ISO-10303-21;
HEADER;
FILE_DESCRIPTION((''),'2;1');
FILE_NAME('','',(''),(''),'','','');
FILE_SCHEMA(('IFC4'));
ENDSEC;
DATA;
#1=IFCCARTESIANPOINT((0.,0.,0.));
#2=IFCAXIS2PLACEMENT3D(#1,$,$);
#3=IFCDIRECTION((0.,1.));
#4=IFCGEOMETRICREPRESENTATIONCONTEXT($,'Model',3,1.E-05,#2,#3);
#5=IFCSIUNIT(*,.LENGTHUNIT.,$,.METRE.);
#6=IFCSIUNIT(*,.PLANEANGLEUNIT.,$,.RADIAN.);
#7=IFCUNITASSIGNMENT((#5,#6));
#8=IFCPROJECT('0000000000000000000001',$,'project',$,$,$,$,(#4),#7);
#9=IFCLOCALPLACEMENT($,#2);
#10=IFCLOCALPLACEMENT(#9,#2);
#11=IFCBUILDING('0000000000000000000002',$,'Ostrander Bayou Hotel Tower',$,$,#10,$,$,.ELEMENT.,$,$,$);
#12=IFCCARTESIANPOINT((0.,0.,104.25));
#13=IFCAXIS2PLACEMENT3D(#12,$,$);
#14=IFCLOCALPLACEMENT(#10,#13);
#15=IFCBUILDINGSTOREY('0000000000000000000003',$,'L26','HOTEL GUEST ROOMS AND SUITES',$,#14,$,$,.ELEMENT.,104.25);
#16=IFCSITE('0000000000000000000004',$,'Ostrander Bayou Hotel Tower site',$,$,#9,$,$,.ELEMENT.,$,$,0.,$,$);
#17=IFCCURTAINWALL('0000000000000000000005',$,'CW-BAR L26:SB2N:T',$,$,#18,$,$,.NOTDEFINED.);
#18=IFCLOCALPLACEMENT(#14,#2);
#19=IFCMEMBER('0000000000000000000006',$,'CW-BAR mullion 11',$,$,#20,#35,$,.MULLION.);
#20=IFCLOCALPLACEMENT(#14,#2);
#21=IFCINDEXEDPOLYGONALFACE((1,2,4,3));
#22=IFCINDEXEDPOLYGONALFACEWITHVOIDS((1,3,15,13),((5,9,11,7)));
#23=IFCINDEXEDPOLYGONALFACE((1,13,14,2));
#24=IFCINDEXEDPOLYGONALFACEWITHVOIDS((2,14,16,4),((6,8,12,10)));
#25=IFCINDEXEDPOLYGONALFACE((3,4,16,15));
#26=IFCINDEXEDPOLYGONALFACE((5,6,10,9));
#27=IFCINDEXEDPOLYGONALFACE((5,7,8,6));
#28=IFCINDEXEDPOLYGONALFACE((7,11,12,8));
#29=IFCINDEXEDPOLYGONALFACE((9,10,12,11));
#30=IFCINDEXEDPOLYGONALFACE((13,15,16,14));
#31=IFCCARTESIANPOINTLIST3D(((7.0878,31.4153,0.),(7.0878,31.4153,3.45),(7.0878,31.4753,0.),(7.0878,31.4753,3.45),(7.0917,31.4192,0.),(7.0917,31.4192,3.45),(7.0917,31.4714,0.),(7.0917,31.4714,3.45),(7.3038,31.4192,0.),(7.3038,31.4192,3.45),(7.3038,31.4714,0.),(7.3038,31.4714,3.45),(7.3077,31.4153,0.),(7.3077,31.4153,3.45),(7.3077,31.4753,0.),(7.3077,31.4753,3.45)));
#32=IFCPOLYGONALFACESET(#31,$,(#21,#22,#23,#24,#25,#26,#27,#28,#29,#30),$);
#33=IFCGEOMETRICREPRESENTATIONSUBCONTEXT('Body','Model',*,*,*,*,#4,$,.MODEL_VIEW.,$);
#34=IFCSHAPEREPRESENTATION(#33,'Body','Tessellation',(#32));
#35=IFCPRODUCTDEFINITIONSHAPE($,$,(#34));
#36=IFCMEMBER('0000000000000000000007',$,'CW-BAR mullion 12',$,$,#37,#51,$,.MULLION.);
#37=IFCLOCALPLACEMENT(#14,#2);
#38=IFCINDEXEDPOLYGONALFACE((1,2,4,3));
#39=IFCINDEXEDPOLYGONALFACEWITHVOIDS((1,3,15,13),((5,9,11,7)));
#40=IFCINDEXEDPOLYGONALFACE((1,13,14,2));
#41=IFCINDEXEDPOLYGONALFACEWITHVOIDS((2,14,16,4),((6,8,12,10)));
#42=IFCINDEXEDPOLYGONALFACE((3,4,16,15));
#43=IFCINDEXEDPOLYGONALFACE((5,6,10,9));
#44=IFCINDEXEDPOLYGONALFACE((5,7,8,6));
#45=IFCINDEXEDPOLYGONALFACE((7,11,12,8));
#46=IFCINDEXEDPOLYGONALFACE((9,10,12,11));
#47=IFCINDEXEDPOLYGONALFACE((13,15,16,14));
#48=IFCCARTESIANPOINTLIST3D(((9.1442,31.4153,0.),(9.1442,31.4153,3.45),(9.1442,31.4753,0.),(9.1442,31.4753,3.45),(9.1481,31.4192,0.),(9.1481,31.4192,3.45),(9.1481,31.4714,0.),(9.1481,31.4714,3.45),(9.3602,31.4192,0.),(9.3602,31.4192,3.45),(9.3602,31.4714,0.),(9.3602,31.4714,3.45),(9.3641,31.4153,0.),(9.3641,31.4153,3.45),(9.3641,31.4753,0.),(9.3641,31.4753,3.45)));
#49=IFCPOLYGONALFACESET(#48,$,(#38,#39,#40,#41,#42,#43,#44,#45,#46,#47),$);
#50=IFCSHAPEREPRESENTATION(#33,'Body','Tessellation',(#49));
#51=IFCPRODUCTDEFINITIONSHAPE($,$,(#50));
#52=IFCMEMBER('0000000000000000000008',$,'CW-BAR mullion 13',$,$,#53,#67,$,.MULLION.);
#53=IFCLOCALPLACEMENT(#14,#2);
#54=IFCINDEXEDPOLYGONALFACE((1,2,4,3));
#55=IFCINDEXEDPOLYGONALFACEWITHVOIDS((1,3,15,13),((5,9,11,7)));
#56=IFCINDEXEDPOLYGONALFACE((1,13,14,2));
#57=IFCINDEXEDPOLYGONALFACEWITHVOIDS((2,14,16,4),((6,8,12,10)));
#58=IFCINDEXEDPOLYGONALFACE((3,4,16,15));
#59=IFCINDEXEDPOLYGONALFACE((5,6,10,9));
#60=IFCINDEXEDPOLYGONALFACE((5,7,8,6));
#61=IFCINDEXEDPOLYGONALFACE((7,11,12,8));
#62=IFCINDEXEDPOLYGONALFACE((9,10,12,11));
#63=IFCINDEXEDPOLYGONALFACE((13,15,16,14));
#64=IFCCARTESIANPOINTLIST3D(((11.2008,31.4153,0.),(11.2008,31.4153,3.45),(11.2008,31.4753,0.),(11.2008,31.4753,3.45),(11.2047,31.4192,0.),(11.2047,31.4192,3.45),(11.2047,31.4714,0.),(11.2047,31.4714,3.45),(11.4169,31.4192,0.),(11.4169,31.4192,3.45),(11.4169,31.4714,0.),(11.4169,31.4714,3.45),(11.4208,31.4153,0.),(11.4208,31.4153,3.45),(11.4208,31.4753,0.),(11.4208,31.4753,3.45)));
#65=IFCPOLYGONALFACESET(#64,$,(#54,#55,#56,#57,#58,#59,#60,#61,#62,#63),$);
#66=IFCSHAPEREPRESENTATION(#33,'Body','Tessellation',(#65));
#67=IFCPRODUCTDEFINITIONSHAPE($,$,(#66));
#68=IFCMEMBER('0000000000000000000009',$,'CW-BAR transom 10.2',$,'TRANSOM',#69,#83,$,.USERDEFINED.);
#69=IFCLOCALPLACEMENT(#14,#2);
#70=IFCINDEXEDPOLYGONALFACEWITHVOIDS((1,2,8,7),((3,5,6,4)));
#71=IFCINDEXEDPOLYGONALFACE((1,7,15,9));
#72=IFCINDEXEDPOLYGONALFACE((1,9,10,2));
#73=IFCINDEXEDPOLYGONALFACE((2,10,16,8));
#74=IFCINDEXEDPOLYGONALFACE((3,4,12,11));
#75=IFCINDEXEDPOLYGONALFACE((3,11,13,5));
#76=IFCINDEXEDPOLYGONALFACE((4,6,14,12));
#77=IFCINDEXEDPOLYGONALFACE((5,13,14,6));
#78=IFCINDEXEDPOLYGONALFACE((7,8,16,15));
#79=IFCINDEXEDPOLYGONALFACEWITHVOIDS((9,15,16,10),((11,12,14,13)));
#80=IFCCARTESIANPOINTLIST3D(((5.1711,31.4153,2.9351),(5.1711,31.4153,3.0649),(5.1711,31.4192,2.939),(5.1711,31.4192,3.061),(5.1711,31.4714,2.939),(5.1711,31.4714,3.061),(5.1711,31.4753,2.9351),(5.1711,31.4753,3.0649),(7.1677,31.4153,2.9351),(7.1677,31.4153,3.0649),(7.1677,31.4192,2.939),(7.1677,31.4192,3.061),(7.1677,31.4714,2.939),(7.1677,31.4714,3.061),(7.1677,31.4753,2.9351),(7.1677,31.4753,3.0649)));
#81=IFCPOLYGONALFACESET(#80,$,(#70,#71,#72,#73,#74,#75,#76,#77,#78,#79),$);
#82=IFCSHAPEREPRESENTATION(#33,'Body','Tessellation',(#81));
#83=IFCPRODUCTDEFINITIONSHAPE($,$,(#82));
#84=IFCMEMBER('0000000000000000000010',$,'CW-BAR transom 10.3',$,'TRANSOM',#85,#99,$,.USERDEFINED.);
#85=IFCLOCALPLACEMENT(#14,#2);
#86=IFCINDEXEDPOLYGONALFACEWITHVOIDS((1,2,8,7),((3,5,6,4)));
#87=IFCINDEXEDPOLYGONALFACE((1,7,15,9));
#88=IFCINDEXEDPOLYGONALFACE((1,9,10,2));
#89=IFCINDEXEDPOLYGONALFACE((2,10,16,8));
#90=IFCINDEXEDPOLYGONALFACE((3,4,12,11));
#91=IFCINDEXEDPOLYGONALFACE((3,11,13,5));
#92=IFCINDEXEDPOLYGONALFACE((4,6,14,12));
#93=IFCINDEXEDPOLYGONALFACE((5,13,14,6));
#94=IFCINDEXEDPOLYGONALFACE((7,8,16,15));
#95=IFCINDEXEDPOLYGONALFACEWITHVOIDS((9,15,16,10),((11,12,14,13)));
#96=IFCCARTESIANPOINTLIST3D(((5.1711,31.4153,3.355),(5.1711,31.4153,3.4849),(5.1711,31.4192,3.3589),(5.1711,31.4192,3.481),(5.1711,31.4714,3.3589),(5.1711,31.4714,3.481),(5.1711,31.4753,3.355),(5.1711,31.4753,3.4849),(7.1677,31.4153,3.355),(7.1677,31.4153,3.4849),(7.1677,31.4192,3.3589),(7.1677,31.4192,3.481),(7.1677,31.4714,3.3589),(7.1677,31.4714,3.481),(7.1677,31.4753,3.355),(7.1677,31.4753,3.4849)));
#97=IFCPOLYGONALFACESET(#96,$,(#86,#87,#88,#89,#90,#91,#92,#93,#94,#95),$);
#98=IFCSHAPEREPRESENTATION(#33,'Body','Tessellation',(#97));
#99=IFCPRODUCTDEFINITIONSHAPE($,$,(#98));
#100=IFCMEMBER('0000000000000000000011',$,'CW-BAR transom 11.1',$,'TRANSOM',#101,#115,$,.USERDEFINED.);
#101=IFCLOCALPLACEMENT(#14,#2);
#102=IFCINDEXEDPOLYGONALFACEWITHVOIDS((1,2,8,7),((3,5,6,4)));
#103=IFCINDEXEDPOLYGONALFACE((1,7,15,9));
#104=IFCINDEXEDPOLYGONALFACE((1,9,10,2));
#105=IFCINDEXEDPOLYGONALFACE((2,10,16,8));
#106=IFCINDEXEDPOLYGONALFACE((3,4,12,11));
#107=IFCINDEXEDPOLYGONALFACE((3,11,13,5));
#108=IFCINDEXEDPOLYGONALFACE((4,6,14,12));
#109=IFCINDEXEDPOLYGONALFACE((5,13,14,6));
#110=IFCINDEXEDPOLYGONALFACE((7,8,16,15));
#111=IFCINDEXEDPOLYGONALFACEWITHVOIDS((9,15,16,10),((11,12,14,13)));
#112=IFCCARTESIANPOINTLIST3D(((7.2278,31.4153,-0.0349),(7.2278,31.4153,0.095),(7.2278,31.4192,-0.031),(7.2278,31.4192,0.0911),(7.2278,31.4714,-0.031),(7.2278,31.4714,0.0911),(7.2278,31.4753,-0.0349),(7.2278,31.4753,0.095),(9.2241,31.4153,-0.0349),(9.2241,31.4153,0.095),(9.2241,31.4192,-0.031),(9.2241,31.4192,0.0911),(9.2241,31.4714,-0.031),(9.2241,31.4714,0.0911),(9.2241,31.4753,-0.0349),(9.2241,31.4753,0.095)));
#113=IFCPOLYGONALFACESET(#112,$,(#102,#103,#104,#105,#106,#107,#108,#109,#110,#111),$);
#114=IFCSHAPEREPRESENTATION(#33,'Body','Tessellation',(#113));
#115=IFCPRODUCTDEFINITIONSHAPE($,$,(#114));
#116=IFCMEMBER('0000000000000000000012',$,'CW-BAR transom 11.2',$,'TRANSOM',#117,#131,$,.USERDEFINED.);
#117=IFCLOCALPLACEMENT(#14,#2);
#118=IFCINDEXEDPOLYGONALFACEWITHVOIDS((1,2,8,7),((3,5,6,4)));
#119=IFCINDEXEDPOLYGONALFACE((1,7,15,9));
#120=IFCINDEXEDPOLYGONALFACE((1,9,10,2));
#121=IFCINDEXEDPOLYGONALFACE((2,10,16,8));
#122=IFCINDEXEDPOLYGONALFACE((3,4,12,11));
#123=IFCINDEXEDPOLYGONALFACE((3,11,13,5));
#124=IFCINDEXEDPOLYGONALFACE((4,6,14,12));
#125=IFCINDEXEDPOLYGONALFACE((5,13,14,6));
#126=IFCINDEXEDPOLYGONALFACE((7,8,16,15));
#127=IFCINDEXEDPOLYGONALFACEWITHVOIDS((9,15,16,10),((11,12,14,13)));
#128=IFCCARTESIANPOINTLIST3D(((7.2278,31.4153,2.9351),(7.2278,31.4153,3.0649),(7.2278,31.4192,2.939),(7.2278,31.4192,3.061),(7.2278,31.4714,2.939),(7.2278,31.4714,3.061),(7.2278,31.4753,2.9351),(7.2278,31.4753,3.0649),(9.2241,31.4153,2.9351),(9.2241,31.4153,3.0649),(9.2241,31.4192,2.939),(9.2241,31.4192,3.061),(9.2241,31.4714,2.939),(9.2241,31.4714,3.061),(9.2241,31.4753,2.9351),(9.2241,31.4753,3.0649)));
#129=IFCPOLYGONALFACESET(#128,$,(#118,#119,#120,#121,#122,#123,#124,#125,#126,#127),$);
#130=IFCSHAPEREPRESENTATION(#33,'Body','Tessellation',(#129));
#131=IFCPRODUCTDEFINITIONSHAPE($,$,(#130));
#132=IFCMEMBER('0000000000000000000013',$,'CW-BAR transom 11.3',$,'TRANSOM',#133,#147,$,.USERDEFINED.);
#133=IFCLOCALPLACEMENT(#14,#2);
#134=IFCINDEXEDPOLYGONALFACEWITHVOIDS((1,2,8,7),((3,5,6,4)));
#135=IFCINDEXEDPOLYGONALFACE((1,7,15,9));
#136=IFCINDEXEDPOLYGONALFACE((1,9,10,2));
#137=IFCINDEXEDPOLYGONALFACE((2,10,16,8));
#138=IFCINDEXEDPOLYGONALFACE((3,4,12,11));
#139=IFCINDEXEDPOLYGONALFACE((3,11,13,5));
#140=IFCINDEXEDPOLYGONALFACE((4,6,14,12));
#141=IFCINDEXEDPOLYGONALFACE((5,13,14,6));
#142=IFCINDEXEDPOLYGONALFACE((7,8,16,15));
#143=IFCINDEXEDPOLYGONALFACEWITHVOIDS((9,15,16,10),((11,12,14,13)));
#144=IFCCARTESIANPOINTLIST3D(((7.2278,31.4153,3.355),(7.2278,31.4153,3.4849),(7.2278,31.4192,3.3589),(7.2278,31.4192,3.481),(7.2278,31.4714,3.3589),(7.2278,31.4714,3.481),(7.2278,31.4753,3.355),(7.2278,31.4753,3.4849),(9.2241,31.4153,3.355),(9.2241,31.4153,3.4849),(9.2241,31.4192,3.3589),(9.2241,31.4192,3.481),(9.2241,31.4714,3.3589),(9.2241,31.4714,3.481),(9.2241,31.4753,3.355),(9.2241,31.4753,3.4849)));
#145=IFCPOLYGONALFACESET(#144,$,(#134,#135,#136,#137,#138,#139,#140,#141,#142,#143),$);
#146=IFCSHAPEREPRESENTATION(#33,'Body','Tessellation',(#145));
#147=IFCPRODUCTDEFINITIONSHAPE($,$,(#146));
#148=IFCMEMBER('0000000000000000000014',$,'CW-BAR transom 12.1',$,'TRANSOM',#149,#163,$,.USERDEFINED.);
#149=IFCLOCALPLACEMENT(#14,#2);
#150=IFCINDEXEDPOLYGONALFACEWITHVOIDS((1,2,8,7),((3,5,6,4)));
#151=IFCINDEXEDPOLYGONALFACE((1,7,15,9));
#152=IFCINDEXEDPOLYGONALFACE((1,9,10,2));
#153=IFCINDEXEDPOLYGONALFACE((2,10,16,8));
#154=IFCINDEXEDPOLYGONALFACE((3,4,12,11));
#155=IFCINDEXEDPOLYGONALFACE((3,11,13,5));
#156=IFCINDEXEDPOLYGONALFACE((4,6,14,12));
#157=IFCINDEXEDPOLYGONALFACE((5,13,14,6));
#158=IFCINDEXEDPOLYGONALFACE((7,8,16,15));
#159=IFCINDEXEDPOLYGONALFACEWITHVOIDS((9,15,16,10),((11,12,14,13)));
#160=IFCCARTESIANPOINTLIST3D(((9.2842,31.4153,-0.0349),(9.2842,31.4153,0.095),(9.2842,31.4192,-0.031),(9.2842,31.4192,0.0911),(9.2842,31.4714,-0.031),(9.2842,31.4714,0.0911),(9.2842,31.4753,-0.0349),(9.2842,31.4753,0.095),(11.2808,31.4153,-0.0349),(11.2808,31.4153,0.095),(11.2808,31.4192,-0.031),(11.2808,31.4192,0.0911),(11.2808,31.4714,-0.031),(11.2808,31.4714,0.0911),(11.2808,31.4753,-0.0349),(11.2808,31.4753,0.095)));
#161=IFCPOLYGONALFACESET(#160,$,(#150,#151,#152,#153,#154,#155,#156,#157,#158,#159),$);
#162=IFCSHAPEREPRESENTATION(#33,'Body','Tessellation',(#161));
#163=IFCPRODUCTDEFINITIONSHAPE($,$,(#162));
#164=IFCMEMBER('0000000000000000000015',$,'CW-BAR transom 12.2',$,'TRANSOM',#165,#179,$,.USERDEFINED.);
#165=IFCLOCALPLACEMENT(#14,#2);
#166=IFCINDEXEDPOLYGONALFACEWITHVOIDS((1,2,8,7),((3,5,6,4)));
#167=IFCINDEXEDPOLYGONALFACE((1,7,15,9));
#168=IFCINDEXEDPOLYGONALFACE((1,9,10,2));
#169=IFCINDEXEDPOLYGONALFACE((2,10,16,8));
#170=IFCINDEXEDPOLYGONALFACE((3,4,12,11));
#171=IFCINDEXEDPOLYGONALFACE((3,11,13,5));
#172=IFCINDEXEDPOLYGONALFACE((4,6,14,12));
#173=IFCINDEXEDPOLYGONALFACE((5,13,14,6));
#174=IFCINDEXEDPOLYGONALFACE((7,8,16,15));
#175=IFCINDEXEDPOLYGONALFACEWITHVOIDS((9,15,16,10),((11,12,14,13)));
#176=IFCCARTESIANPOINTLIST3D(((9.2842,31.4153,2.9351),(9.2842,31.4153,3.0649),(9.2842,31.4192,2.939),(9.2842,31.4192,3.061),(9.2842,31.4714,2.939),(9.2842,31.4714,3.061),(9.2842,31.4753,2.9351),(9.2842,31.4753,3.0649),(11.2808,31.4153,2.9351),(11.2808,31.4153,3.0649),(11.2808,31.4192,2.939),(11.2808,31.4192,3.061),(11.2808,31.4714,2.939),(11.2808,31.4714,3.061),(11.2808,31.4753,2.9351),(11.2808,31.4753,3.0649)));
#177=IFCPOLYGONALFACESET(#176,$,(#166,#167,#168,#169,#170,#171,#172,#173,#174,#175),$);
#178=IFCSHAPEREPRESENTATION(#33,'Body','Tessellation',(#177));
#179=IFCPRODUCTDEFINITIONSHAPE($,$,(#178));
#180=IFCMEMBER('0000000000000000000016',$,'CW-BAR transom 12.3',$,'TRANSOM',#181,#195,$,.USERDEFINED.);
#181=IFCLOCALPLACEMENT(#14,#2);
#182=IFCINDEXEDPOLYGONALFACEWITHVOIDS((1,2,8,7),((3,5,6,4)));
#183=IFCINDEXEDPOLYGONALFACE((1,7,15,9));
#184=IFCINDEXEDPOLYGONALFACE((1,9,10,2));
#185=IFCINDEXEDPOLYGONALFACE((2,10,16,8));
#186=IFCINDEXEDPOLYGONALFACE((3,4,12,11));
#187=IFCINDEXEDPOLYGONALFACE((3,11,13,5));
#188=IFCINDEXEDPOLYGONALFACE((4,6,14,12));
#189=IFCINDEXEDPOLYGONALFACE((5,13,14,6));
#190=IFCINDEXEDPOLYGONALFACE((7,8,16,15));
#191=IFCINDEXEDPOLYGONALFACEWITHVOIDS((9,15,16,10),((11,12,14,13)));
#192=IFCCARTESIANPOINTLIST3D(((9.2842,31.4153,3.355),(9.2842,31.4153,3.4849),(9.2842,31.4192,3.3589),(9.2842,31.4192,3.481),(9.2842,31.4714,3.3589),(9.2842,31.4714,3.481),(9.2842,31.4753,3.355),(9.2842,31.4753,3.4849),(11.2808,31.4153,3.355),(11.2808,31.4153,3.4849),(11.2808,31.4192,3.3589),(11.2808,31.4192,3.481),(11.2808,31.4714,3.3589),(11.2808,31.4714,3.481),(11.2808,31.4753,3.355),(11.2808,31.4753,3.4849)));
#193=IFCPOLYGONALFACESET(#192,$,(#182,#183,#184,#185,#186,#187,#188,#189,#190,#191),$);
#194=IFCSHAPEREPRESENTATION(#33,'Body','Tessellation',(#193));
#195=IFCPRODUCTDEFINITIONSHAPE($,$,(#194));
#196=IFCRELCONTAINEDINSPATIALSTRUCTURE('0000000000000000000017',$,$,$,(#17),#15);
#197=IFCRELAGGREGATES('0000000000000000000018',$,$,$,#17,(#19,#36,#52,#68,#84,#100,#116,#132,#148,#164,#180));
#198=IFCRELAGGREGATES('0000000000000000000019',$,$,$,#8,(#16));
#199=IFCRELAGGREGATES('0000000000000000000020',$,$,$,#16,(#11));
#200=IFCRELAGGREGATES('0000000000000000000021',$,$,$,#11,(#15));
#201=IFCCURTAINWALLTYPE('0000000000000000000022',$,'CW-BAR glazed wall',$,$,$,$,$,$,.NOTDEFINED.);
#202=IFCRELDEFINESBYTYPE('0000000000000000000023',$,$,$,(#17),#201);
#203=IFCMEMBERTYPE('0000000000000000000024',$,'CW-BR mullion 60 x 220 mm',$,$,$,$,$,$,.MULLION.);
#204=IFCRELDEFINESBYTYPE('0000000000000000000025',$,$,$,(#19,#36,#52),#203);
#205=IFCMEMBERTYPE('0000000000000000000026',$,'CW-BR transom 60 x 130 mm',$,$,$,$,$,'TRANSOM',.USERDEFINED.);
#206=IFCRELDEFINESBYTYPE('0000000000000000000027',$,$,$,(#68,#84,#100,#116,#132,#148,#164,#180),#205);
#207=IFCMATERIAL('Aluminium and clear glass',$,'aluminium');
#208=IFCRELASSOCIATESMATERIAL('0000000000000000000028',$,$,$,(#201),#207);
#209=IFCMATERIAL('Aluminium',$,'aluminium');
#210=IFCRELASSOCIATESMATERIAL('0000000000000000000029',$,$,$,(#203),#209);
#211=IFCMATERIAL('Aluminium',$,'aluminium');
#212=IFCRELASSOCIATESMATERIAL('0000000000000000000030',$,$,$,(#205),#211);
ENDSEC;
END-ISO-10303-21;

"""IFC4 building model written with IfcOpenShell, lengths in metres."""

from ifc_helpers import new_model, si_unit, direction, frame, origin, origin_2d, place, context, subcontext, project, spatial, hollow_rectangle, extrude, material, material_profile, profile_set, type_object, element, aggregate, save


model = new_model("IFC4")

# Units and contexts
model_context = context("Model", 3, precision=1e-05, world=origin(), true_north=direction((0.0, 1.0)))
body_context = subcontext(model_context, "Body", "Model", "MODEL_VIEW")
ifc_project = project(units=[si_unit("LENGTHUNIT", "METRE"), si_unit("PLANEANGLEUNIT", "RADIAN")], contexts=[model_context])

# Site, building, storey
site_placement = place(None, origin())
site = spatial("IfcSite", under=ifc_project, at=site_placement, Name="Ostrander Bayou Hotel Tower site", CompositionType="ELEMENT", RefElevation=0.0)
building_placement = place(site_placement, origin())
building = spatial("IfcBuilding", under=site, at=building_placement, Name="Ostrander Bayou Hotel Tower", CompositionType="ELEMENT")
storey_placement = place(building_placement, frame((0.0, 0.0, 104.25)))
storey = spatial("IfcBuildingStorey", under=building, at=storey_placement, Name="L26", Description="HOTEL GUEST ROOMS AND SUITES", CompositionType="ELEMENT", Elevation=104.25)

# Curtain wall, members
ifc_material_1 = material(Name="Aluminium and clear glass", Category="aluminium")
curtain_wall_type = type_object("IfcCurtainWallType", Name="CW-BAR glazed wall", PredefinedType="NOTDEFINED", material=ifc_material_1)
curtain_wall_placement = place(storey_placement, origin())
curtain_wall = element("IfcCurtainWall", 1, at=curtain_wall_placement, inside=storey, type_object=curtain_wall_type, Name="CW-BAR L26:SB2N:T", PredefinedType="NOTDEFINED")
ifc_material_2 = material(Name="Aluminium", Category="aluminium")
ifc_material_profile_1 = material_profile(ifc_material_2, hollow_rectangle(XDim=0.0601, YDim=0.22, WallThickness=0.0039, at=origin_2d()))
ifc_profile_set_1 = profile_set([ifc_material_profile_1], Name="Aluminium")
member_type_1 = type_object("IfcMemberType", Name="CW-BR mullion 60 x 220 mm", PredefinedType="MULLION", material=ifc_profile_set_1)
member_1_placement = place(storey_placement, frame((7.1978, 31.4453, 0.0), z_axis=(0.0, 0.0, 1.0), x_axis=(0.0, 1.0, 0.0)))
member_1 = element("IfcMember", 2, at=member_1_placement, type_object=member_type_1, Name="CW-BAR mullion 11", PredefinedType="MULLION", context=body_context, shape_type="SweptSolid", body=[
    extrude(hollow_rectangle(XDim=0.0601, YDim=0.22, WallThickness=0.0039, at=origin_2d()), origin(), (0.0, 0.0, 1.0), 3.45),
])
member_2_placement = place(storey_placement, frame((9.2542, 31.4453, 0.0), z_axis=(0.0, 0.0, 1.0), x_axis=(0.0, 1.0, 0.0)))
member_2 = element("IfcMember", 3, at=member_2_placement, type_object=member_type_1, Name="CW-BAR mullion 12", PredefinedType="MULLION", context=body_context, shape_type="SweptSolid", body=[
    extrude(hollow_rectangle(XDim=0.0601, YDim=0.22, WallThickness=0.0039, at=origin_2d()), origin(), (0.0, 0.0, 1.0), 3.45),
])
member_3_placement = place(storey_placement, frame((11.3108, 31.4453, 0.0), z_axis=(0.0, 0.0, 1.0), x_axis=(0.0, 1.0, 0.0)))
member_3 = element("IfcMember", 4, at=member_3_placement, type_object=member_type_1, Name="CW-BAR mullion 13", PredefinedType="MULLION", context=body_context, shape_type="SweptSolid", body=[
    extrude(hollow_rectangle(XDim=0.0601, YDim=0.22, WallThickness=0.0039, at=origin_2d()), origin(), (0.0, 0.0, 1.0), 3.45),
])
ifc_material_3 = material(Name="Aluminium", Category="aluminium")
ifc_material_profile_2 = material_profile(ifc_material_3, hollow_rectangle(XDim=0.0601, YDim=0.1299, WallThickness=0.0039, at=origin_2d()))
ifc_profile_set_2 = profile_set([ifc_material_profile_2], Name="Aluminium")
member_type_2 = type_object("IfcMemberType", Name="CW-BR transom 60 x 130 mm", ElementType="TRANSOM", PredefinedType="USERDEFINED", material=ifc_profile_set_2)
member_4_placement = place(storey_placement, frame((5.1711, 31.4453, 3.0), z_axis=(1.0, 0.0, 0.0), x_axis=(0.0, 1.0, 0.0)))
member_4 = element("IfcMember", 5, at=member_4_placement, type_object=member_type_2, Name="CW-BAR transom 10.2", ObjectType="TRANSOM", PredefinedType="USERDEFINED", context=body_context, shape_type="SweptSolid", body=[
    extrude(hollow_rectangle(XDim=0.0601, YDim=0.1299, WallThickness=0.0039, at=origin_2d()), origin(), (0.0, 0.0, 1.0), 1.9966),
])
member_5_placement = place(storey_placement, frame((5.1711, 31.4453, 3.4199), z_axis=(1.0, 0.0, 0.0), x_axis=(0.0, 1.0, 0.0)))
member_5 = element("IfcMember", 6, at=member_5_placement, type_object=member_type_2, Name="CW-BAR transom 10.3", ObjectType="TRANSOM", PredefinedType="USERDEFINED", context=body_context, shape_type="SweptSolid", body=[
    extrude(hollow_rectangle(XDim=0.0601, YDim=0.1299, WallThickness=0.0039, at=origin_2d()), origin(), (0.0, 0.0, 1.0), 1.9966),
])
member_6_placement = place(storey_placement, frame((7.2278, 31.4453, 0.03), z_axis=(1.0, 0.0, 0.0), x_axis=(0.0, 1.0, 0.0)))
member_6 = element("IfcMember", 7, at=member_6_placement, type_object=member_type_2, Name="CW-BAR transom 11.1", ObjectType="TRANSOM", PredefinedType="USERDEFINED", context=body_context, shape_type="SweptSolid", body=[
    extrude(hollow_rectangle(XDim=0.0601, YDim=0.1299, WallThickness=0.0039, at=origin_2d()), origin(), (0.0, 0.0, 1.0), 1.9963),
])
member_7_placement = place(storey_placement, frame((7.2278, 31.4453, 3.0), z_axis=(1.0, 0.0, 0.0), x_axis=(0.0, 1.0, 0.0)))
member_7 = element("IfcMember", 8, at=member_7_placement, type_object=member_type_2, Name="CW-BAR transom 11.2", ObjectType="TRANSOM", PredefinedType="USERDEFINED", context=body_context, shape_type="SweptSolid", body=[
    extrude(hollow_rectangle(XDim=0.0601, YDim=0.1299, WallThickness=0.0039, at=origin_2d()), origin(), (0.0, 0.0, 1.0), 1.9963),
])
member_8_placement = place(storey_placement, frame((7.2278, 31.4453, 3.4199), z_axis=(1.0, 0.0, 0.0), x_axis=(0.0, 1.0, 0.0)))
member_8 = element("IfcMember", 9, at=member_8_placement, type_object=member_type_2, Name="CW-BAR transom 11.3", ObjectType="TRANSOM", PredefinedType="USERDEFINED", context=body_context, shape_type="SweptSolid", body=[
    extrude(hollow_rectangle(XDim=0.0601, YDim=0.1299, WallThickness=0.0039, at=origin_2d()), origin(), (0.0, 0.0, 1.0), 1.9963),
])
member_9_placement = place(storey_placement, frame((9.2842, 31.4453, 0.03), z_axis=(1.0, 0.0, 0.0), x_axis=(0.0, 1.0, 0.0)))
member_9 = element("IfcMember", 10, at=member_9_placement, type_object=member_type_2, Name="CW-BAR transom 12.1", ObjectType="TRANSOM", PredefinedType="USERDEFINED", context=body_context, shape_type="SweptSolid", body=[
    extrude(hollow_rectangle(XDim=0.0601, YDim=0.1299, WallThickness=0.0039, at=origin_2d()), origin(), (0.0, 0.0, 1.0), 1.9966),
])
member_10_placement = place(storey_placement, frame((9.2842, 31.4453, 3.0), z_axis=(1.0, 0.0, 0.0), x_axis=(0.0, 1.0, 0.0)))
member_10 = element("IfcMember", 11, at=member_10_placement, type_object=member_type_2, Name="CW-BAR transom 12.2", ObjectType="TRANSOM", PredefinedType="USERDEFINED", context=body_context, shape_type="SweptSolid", body=[
    extrude(hollow_rectangle(XDim=0.0601, YDim=0.1299, WallThickness=0.0039, at=origin_2d()), origin(), (0.0, 0.0, 1.0), 1.9966),
])
member_11_placement = place(storey_placement, frame((9.2842, 31.4453, 3.4199), z_axis=(1.0, 0.0, 0.0), x_axis=(0.0, 1.0, 0.0)))
member_11 = element("IfcMember", 12, at=member_11_placement, type_object=member_type_2, Name="CW-BAR transom 12.3", ObjectType="TRANSOM", PredefinedType="USERDEFINED", context=body_context, shape_type="SweptSolid", body=[
    extrude(hollow_rectangle(XDim=0.0601, YDim=0.1299, WallThickness=0.0039, at=origin_2d()), origin(), (0.0, 0.0, 1.0), 1.9966),
])
aggregate(curtain_wall, [member_1, member_2, member_3, member_4, member_5, member_6, member_7, member_8, member_9, member_10, member_11])

save(model, "model.ifc")
